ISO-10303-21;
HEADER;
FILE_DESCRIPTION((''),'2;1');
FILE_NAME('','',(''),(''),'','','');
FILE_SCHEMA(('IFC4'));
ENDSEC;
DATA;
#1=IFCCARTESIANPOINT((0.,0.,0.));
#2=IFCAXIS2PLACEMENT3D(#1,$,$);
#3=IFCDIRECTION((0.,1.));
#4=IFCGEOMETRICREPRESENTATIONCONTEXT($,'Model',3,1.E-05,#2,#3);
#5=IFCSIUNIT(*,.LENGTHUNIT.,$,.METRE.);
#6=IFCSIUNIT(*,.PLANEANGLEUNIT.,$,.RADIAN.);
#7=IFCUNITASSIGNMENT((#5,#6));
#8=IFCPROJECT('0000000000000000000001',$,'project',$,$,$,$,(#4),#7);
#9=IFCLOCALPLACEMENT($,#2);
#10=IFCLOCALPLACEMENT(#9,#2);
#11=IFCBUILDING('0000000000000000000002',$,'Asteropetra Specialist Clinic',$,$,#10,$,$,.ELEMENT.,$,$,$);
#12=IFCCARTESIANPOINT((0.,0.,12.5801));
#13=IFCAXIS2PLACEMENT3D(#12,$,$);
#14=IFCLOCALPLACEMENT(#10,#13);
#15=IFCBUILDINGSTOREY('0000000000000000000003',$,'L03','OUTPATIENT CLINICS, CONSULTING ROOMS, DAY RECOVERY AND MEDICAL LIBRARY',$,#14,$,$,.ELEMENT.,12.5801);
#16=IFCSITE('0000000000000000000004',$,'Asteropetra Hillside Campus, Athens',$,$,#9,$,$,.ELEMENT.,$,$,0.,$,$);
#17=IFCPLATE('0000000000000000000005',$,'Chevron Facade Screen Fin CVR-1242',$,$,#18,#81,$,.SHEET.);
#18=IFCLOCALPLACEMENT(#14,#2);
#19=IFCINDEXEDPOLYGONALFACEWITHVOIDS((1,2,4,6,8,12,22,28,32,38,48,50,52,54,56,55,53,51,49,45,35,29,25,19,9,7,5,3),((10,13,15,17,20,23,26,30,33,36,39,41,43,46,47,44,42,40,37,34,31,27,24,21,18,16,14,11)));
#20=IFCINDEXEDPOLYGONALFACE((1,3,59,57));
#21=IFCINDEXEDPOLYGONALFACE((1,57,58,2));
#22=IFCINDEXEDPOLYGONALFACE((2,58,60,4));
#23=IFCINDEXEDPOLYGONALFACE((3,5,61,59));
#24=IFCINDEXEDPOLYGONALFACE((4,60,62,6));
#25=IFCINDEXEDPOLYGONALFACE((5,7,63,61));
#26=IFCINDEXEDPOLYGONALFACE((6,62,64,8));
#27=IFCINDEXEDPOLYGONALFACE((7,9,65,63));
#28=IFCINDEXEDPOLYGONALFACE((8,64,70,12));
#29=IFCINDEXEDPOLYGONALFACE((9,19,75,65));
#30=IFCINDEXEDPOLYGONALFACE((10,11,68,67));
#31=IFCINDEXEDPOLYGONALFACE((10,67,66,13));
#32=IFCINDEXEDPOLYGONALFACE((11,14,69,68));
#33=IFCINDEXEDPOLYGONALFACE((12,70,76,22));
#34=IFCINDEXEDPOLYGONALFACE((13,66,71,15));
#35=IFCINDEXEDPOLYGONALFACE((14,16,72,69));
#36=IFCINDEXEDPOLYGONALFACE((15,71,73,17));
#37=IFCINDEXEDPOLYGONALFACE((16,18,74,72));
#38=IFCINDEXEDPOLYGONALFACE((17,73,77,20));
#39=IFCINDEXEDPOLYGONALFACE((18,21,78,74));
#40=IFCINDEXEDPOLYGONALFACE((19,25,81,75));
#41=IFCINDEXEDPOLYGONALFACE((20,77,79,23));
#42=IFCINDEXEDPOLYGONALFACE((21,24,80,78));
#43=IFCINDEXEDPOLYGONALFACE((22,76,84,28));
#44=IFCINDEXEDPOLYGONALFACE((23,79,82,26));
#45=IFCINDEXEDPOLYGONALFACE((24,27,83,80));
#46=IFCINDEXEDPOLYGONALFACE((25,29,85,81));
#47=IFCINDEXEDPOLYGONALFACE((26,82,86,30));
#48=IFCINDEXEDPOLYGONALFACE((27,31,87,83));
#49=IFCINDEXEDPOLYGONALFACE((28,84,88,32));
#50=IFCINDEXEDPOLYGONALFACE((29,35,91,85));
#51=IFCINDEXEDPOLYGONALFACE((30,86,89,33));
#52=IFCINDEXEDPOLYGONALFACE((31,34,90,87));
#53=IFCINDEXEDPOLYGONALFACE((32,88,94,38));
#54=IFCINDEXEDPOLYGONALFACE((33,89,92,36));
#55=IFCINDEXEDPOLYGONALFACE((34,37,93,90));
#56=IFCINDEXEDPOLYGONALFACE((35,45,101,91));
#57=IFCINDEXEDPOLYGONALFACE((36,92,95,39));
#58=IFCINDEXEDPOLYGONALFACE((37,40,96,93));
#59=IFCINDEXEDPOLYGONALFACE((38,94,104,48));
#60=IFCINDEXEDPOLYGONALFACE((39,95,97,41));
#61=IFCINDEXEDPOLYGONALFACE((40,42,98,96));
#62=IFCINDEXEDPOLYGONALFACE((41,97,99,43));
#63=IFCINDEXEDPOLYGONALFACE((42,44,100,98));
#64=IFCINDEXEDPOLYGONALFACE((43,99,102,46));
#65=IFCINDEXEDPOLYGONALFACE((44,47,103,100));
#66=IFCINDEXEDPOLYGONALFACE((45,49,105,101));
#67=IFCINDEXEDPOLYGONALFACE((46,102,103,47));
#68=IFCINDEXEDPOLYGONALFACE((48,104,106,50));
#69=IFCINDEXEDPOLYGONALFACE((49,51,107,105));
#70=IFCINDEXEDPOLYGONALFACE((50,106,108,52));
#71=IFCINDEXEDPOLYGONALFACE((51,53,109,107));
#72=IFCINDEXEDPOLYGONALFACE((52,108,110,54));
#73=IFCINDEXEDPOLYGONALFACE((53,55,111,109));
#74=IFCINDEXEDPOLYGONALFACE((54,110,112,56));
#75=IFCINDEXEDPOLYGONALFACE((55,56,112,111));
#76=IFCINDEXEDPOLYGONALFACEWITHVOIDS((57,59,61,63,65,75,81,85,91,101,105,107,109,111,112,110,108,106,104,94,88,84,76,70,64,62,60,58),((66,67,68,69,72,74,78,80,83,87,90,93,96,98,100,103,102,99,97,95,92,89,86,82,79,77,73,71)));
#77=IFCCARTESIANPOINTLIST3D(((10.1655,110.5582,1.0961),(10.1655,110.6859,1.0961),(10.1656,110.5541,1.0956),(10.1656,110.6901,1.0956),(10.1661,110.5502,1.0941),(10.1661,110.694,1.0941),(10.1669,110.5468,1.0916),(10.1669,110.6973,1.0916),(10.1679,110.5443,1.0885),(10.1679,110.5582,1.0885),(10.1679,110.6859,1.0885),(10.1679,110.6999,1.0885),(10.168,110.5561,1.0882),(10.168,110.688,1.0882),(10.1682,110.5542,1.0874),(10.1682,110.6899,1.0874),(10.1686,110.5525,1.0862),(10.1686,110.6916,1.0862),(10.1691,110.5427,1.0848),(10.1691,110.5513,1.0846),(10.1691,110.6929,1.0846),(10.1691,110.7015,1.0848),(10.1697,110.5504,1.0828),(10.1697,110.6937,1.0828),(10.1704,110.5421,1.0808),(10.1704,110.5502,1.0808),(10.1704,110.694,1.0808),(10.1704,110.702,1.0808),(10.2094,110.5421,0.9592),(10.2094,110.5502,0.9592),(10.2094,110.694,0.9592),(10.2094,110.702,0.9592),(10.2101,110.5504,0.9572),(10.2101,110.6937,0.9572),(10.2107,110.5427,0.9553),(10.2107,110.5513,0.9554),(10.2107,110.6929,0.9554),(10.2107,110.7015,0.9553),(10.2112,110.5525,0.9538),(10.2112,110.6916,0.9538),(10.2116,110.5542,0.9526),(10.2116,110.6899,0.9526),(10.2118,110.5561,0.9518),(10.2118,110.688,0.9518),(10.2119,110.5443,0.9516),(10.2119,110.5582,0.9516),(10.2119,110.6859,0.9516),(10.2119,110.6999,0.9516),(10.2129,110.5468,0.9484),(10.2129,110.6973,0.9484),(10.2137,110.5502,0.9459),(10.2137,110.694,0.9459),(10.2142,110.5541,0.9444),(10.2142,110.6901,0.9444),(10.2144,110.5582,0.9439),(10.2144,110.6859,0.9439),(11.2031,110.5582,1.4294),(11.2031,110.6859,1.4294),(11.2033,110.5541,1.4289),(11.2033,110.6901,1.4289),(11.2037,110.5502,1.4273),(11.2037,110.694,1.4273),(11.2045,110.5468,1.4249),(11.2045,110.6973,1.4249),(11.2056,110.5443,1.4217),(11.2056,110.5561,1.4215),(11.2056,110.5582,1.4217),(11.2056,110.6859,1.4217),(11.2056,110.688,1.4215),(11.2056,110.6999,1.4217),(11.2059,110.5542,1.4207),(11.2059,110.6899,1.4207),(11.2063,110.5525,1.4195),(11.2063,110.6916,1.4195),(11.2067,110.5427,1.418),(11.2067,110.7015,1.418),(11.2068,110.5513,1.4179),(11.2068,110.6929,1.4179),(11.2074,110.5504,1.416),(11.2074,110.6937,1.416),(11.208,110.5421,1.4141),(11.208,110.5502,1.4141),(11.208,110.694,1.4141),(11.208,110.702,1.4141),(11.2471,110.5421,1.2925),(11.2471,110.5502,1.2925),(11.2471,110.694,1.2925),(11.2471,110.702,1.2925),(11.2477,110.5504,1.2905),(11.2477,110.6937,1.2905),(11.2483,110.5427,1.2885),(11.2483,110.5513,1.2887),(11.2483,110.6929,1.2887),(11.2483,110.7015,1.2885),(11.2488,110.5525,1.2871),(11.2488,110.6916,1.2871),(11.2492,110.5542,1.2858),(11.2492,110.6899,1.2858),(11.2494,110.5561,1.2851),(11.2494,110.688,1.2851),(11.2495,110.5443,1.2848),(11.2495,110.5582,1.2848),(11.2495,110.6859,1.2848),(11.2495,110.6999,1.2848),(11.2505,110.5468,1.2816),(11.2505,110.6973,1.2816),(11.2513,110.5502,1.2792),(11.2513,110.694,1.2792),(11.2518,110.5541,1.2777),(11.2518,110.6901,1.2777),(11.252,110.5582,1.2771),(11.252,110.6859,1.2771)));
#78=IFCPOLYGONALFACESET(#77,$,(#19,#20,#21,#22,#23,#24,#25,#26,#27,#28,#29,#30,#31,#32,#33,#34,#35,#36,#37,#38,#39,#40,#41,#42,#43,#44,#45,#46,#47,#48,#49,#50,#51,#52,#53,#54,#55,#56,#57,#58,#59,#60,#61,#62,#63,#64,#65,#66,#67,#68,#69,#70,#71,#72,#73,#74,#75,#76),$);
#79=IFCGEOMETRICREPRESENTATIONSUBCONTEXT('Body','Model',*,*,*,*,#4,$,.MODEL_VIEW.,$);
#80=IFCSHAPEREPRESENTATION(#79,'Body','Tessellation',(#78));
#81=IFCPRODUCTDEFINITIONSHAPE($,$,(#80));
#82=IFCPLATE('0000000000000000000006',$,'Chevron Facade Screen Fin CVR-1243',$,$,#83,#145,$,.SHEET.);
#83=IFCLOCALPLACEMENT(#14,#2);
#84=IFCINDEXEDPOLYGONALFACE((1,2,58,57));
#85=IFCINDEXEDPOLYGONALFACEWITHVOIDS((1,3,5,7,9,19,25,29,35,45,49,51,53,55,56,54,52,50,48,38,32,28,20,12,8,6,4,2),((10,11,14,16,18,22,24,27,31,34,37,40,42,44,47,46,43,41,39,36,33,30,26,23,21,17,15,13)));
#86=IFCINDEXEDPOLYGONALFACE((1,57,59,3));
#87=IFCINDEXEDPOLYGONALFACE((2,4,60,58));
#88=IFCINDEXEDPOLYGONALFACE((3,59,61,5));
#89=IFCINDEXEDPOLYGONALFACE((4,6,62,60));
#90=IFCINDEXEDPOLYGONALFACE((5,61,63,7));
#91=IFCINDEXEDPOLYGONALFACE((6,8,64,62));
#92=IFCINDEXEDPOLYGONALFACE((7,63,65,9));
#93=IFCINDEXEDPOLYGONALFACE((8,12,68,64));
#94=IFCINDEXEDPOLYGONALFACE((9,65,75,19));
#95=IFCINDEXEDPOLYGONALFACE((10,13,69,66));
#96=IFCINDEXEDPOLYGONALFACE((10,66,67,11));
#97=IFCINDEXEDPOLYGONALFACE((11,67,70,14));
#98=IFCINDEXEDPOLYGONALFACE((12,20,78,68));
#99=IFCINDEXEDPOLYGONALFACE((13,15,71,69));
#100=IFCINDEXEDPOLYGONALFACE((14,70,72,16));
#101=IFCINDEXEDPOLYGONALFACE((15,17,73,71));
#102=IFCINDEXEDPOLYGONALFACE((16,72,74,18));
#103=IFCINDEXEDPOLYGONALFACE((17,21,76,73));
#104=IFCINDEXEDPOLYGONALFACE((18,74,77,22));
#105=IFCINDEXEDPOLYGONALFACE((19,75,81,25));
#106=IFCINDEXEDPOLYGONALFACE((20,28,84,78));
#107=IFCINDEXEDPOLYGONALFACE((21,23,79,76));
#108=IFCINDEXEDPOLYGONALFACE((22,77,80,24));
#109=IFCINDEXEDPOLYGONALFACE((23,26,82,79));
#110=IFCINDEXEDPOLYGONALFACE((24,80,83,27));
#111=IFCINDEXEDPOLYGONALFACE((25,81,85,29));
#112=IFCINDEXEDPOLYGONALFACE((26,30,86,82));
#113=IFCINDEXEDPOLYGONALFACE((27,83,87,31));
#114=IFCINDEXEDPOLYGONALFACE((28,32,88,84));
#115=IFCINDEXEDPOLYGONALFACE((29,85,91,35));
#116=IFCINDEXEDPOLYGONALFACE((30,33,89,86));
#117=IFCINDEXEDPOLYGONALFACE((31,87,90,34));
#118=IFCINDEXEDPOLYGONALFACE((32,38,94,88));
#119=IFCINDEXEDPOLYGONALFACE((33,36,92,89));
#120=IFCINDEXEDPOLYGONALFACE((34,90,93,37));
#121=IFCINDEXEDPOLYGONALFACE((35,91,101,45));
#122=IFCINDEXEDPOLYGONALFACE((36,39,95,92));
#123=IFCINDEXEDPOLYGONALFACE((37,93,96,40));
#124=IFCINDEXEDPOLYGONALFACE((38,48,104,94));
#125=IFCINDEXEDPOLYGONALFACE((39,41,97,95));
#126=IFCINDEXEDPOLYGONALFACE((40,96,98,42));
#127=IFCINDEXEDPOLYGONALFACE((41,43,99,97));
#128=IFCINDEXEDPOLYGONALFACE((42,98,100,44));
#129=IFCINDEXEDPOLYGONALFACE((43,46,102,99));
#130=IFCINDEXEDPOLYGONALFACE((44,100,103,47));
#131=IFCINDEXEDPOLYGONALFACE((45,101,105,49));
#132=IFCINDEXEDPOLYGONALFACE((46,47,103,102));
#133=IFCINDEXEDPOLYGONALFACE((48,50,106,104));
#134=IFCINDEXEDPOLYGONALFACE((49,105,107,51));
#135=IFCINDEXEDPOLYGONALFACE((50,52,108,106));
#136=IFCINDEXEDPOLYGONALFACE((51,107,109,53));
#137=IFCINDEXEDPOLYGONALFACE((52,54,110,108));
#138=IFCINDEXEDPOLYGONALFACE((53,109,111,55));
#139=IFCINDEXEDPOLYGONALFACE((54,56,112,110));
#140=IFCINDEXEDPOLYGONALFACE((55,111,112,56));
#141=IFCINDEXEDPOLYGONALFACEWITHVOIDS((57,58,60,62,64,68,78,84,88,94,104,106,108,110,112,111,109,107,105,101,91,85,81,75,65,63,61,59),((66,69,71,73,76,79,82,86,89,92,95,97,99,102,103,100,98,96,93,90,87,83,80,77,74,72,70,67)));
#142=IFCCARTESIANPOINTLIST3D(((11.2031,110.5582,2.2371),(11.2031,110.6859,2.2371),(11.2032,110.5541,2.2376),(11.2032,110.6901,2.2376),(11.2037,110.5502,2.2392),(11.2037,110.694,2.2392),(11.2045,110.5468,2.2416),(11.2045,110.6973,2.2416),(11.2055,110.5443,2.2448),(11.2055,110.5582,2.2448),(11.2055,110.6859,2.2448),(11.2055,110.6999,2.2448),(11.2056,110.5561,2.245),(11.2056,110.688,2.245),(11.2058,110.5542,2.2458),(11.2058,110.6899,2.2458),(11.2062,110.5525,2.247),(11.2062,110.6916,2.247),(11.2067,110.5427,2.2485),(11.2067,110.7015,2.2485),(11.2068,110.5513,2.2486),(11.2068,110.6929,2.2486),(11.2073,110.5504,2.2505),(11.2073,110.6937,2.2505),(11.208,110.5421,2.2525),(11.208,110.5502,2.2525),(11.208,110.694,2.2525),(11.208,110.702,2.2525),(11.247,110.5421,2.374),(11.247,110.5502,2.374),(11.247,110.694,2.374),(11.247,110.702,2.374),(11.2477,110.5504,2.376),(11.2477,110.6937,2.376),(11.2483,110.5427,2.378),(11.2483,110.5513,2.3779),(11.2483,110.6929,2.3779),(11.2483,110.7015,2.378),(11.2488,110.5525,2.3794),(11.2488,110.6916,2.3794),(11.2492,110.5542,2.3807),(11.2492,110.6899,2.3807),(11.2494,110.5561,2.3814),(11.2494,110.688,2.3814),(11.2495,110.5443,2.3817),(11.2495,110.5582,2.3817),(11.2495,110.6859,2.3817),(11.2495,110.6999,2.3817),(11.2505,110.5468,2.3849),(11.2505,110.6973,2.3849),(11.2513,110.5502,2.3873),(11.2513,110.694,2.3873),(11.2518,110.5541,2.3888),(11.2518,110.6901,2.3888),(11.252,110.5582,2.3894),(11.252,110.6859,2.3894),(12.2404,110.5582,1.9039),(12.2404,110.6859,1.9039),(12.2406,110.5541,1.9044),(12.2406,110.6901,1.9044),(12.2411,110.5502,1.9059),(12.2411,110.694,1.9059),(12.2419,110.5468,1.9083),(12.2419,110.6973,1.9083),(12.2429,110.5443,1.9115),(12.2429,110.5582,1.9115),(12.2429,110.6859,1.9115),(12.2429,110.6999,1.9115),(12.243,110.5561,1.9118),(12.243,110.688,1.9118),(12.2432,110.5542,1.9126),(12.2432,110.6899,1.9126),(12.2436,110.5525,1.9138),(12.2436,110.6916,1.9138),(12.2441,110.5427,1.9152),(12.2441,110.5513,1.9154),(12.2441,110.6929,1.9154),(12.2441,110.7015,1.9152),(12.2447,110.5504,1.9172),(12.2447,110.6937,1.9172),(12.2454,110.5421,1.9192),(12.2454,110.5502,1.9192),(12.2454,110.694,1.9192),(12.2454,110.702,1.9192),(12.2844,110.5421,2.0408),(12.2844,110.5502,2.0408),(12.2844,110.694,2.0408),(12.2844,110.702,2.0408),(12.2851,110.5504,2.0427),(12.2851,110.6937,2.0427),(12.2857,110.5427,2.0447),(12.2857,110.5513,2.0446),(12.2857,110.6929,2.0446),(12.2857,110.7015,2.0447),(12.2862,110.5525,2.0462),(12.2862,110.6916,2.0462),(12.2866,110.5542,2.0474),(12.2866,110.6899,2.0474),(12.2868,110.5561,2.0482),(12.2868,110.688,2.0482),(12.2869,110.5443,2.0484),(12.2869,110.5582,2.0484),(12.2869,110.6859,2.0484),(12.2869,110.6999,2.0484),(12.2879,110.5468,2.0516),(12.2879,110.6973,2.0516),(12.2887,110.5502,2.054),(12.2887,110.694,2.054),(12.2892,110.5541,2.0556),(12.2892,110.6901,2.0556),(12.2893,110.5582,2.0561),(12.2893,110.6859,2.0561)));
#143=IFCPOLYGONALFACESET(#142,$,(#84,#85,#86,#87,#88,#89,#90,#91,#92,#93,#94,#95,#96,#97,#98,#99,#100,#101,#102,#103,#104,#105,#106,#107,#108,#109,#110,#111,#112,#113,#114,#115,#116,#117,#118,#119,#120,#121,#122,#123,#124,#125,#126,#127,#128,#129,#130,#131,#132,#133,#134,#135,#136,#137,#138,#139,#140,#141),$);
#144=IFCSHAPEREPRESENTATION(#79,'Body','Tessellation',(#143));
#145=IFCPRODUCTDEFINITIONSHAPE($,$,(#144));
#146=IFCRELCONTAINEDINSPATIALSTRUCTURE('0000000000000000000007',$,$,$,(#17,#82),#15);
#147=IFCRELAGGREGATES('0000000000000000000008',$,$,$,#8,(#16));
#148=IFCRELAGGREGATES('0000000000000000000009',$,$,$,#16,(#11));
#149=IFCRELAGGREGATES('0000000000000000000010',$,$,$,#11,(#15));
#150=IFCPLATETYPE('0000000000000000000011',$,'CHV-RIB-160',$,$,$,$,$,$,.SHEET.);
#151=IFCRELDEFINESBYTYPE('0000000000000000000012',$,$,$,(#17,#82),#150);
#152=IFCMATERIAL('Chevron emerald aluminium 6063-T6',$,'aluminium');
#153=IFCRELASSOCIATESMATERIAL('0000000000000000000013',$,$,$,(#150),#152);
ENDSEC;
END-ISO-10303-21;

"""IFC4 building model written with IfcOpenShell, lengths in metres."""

from ifc_helpers import new_model, si_unit, direction, frame, origin, origin_2d, place, context, subcontext, project, spatial, hollow_rectangle, extrude, material, material_profile, profile_set, type_object, element, save


model = new_model("IFC4")

# Units and contexts
model_context = context("Model", 3, precision=1e-05, world=origin(), true_north=direction((0.0, 1.0)))
body_context = subcontext(model_context, "Body", "Model", "MODEL_VIEW")
ifc_project = project(units=[si_unit("LENGTHUNIT", "METRE"), si_unit("PLANEANGLEUNIT", "RADIAN")], contexts=[model_context])

# Site, building, storey
site_placement = place(None, origin())
site = spatial("IfcSite", under=ifc_project, at=site_placement, Name="Asteropetra Hillside Campus, Athens", CompositionType="ELEMENT", RefElevation=0.0)
building_placement = place(site_placement, origin())
building = spatial("IfcBuilding", under=site, at=building_placement, Name="Asteropetra Specialist Clinic", CompositionType="ELEMENT")
storey_placement = place(building_placement, frame((0.0, 0.0, 12.5801)))
storey = spatial("IfcBuildingStorey", under=building, at=storey_placement, Name="L03", Description="OUTPATIENT CLINICS, CONSULTING ROOMS, DAY RECOVERY AND MEDICAL LIBRARY", CompositionType="ELEMENT", Elevation=12.5801)

# Plates
ifc_material_1 = material(Name="Chevron emerald aluminium 6063-T6", Category="aluminium")
ifc_material_profile_1 = material_profile(ifc_material_1, hollow_rectangle(XDim=0.1599, YDim=0.1599, WallThickness=0.0081, InnerFilletRadius=0.0081, OuterFilletRadius=0.0161, at=origin_2d()), Name="SHS 160x160x8.0")
ifc_profile_set_1 = profile_set([ifc_material_profile_1], Name="Chevron emerald aluminium 6063-T6")
plate_type = type_object("IfcPlateType", Name="CHV-RIB-160", PredefinedType="SHEET", material=ifc_profile_set_1)
plate_1_placement = place(storey_placement, frame((11.2275, 110.6221, 1.3533), z_axis=(-0.952098, 0.0, -0.305792), x_axis=(0.0, -1.0, 0.0)))
element("IfcPlate", 1, at=plate_1_placement, inside=storey, type_object=plate_type, Name="Chevron Facade Screen Fin CVR-1242", PredefinedType="SHEET", context=body_context, shape_type="SweptSolid", body=[
    extrude(hollow_rectangle(XDim=0.1599, YDim=0.1599, WallThickness=0.0081, InnerFilletRadius=0.0081, OuterFilletRadius=0.0161, at=origin_2d()), origin(), (0.0, 0.0, 1.0), 1.0898),
])
plate_2_placement = place(storey_placement, frame((12.2649, 110.6221, 1.98), z_axis=(-0.952078, 0.0, 0.305857), x_axis=(0.0, -1.0, 0.0)))
element("IfcPlate", 2, at=plate_2_placement, inside=storey, type_object=plate_type, Name="Chevron Facade Screen Fin CVR-1243", PredefinedType="SHEET", context=body_context, shape_type="SweptSolid", body=[
    extrude(hollow_rectangle(XDim=0.1599, YDim=0.1599, WallThickness=0.0081, InnerFilletRadius=0.0081, OuterFilletRadius=0.0161, at=origin_2d()), origin(), (0.0, 0.0, 1.0), 1.0896),
])

save(model, "model.ifc")
